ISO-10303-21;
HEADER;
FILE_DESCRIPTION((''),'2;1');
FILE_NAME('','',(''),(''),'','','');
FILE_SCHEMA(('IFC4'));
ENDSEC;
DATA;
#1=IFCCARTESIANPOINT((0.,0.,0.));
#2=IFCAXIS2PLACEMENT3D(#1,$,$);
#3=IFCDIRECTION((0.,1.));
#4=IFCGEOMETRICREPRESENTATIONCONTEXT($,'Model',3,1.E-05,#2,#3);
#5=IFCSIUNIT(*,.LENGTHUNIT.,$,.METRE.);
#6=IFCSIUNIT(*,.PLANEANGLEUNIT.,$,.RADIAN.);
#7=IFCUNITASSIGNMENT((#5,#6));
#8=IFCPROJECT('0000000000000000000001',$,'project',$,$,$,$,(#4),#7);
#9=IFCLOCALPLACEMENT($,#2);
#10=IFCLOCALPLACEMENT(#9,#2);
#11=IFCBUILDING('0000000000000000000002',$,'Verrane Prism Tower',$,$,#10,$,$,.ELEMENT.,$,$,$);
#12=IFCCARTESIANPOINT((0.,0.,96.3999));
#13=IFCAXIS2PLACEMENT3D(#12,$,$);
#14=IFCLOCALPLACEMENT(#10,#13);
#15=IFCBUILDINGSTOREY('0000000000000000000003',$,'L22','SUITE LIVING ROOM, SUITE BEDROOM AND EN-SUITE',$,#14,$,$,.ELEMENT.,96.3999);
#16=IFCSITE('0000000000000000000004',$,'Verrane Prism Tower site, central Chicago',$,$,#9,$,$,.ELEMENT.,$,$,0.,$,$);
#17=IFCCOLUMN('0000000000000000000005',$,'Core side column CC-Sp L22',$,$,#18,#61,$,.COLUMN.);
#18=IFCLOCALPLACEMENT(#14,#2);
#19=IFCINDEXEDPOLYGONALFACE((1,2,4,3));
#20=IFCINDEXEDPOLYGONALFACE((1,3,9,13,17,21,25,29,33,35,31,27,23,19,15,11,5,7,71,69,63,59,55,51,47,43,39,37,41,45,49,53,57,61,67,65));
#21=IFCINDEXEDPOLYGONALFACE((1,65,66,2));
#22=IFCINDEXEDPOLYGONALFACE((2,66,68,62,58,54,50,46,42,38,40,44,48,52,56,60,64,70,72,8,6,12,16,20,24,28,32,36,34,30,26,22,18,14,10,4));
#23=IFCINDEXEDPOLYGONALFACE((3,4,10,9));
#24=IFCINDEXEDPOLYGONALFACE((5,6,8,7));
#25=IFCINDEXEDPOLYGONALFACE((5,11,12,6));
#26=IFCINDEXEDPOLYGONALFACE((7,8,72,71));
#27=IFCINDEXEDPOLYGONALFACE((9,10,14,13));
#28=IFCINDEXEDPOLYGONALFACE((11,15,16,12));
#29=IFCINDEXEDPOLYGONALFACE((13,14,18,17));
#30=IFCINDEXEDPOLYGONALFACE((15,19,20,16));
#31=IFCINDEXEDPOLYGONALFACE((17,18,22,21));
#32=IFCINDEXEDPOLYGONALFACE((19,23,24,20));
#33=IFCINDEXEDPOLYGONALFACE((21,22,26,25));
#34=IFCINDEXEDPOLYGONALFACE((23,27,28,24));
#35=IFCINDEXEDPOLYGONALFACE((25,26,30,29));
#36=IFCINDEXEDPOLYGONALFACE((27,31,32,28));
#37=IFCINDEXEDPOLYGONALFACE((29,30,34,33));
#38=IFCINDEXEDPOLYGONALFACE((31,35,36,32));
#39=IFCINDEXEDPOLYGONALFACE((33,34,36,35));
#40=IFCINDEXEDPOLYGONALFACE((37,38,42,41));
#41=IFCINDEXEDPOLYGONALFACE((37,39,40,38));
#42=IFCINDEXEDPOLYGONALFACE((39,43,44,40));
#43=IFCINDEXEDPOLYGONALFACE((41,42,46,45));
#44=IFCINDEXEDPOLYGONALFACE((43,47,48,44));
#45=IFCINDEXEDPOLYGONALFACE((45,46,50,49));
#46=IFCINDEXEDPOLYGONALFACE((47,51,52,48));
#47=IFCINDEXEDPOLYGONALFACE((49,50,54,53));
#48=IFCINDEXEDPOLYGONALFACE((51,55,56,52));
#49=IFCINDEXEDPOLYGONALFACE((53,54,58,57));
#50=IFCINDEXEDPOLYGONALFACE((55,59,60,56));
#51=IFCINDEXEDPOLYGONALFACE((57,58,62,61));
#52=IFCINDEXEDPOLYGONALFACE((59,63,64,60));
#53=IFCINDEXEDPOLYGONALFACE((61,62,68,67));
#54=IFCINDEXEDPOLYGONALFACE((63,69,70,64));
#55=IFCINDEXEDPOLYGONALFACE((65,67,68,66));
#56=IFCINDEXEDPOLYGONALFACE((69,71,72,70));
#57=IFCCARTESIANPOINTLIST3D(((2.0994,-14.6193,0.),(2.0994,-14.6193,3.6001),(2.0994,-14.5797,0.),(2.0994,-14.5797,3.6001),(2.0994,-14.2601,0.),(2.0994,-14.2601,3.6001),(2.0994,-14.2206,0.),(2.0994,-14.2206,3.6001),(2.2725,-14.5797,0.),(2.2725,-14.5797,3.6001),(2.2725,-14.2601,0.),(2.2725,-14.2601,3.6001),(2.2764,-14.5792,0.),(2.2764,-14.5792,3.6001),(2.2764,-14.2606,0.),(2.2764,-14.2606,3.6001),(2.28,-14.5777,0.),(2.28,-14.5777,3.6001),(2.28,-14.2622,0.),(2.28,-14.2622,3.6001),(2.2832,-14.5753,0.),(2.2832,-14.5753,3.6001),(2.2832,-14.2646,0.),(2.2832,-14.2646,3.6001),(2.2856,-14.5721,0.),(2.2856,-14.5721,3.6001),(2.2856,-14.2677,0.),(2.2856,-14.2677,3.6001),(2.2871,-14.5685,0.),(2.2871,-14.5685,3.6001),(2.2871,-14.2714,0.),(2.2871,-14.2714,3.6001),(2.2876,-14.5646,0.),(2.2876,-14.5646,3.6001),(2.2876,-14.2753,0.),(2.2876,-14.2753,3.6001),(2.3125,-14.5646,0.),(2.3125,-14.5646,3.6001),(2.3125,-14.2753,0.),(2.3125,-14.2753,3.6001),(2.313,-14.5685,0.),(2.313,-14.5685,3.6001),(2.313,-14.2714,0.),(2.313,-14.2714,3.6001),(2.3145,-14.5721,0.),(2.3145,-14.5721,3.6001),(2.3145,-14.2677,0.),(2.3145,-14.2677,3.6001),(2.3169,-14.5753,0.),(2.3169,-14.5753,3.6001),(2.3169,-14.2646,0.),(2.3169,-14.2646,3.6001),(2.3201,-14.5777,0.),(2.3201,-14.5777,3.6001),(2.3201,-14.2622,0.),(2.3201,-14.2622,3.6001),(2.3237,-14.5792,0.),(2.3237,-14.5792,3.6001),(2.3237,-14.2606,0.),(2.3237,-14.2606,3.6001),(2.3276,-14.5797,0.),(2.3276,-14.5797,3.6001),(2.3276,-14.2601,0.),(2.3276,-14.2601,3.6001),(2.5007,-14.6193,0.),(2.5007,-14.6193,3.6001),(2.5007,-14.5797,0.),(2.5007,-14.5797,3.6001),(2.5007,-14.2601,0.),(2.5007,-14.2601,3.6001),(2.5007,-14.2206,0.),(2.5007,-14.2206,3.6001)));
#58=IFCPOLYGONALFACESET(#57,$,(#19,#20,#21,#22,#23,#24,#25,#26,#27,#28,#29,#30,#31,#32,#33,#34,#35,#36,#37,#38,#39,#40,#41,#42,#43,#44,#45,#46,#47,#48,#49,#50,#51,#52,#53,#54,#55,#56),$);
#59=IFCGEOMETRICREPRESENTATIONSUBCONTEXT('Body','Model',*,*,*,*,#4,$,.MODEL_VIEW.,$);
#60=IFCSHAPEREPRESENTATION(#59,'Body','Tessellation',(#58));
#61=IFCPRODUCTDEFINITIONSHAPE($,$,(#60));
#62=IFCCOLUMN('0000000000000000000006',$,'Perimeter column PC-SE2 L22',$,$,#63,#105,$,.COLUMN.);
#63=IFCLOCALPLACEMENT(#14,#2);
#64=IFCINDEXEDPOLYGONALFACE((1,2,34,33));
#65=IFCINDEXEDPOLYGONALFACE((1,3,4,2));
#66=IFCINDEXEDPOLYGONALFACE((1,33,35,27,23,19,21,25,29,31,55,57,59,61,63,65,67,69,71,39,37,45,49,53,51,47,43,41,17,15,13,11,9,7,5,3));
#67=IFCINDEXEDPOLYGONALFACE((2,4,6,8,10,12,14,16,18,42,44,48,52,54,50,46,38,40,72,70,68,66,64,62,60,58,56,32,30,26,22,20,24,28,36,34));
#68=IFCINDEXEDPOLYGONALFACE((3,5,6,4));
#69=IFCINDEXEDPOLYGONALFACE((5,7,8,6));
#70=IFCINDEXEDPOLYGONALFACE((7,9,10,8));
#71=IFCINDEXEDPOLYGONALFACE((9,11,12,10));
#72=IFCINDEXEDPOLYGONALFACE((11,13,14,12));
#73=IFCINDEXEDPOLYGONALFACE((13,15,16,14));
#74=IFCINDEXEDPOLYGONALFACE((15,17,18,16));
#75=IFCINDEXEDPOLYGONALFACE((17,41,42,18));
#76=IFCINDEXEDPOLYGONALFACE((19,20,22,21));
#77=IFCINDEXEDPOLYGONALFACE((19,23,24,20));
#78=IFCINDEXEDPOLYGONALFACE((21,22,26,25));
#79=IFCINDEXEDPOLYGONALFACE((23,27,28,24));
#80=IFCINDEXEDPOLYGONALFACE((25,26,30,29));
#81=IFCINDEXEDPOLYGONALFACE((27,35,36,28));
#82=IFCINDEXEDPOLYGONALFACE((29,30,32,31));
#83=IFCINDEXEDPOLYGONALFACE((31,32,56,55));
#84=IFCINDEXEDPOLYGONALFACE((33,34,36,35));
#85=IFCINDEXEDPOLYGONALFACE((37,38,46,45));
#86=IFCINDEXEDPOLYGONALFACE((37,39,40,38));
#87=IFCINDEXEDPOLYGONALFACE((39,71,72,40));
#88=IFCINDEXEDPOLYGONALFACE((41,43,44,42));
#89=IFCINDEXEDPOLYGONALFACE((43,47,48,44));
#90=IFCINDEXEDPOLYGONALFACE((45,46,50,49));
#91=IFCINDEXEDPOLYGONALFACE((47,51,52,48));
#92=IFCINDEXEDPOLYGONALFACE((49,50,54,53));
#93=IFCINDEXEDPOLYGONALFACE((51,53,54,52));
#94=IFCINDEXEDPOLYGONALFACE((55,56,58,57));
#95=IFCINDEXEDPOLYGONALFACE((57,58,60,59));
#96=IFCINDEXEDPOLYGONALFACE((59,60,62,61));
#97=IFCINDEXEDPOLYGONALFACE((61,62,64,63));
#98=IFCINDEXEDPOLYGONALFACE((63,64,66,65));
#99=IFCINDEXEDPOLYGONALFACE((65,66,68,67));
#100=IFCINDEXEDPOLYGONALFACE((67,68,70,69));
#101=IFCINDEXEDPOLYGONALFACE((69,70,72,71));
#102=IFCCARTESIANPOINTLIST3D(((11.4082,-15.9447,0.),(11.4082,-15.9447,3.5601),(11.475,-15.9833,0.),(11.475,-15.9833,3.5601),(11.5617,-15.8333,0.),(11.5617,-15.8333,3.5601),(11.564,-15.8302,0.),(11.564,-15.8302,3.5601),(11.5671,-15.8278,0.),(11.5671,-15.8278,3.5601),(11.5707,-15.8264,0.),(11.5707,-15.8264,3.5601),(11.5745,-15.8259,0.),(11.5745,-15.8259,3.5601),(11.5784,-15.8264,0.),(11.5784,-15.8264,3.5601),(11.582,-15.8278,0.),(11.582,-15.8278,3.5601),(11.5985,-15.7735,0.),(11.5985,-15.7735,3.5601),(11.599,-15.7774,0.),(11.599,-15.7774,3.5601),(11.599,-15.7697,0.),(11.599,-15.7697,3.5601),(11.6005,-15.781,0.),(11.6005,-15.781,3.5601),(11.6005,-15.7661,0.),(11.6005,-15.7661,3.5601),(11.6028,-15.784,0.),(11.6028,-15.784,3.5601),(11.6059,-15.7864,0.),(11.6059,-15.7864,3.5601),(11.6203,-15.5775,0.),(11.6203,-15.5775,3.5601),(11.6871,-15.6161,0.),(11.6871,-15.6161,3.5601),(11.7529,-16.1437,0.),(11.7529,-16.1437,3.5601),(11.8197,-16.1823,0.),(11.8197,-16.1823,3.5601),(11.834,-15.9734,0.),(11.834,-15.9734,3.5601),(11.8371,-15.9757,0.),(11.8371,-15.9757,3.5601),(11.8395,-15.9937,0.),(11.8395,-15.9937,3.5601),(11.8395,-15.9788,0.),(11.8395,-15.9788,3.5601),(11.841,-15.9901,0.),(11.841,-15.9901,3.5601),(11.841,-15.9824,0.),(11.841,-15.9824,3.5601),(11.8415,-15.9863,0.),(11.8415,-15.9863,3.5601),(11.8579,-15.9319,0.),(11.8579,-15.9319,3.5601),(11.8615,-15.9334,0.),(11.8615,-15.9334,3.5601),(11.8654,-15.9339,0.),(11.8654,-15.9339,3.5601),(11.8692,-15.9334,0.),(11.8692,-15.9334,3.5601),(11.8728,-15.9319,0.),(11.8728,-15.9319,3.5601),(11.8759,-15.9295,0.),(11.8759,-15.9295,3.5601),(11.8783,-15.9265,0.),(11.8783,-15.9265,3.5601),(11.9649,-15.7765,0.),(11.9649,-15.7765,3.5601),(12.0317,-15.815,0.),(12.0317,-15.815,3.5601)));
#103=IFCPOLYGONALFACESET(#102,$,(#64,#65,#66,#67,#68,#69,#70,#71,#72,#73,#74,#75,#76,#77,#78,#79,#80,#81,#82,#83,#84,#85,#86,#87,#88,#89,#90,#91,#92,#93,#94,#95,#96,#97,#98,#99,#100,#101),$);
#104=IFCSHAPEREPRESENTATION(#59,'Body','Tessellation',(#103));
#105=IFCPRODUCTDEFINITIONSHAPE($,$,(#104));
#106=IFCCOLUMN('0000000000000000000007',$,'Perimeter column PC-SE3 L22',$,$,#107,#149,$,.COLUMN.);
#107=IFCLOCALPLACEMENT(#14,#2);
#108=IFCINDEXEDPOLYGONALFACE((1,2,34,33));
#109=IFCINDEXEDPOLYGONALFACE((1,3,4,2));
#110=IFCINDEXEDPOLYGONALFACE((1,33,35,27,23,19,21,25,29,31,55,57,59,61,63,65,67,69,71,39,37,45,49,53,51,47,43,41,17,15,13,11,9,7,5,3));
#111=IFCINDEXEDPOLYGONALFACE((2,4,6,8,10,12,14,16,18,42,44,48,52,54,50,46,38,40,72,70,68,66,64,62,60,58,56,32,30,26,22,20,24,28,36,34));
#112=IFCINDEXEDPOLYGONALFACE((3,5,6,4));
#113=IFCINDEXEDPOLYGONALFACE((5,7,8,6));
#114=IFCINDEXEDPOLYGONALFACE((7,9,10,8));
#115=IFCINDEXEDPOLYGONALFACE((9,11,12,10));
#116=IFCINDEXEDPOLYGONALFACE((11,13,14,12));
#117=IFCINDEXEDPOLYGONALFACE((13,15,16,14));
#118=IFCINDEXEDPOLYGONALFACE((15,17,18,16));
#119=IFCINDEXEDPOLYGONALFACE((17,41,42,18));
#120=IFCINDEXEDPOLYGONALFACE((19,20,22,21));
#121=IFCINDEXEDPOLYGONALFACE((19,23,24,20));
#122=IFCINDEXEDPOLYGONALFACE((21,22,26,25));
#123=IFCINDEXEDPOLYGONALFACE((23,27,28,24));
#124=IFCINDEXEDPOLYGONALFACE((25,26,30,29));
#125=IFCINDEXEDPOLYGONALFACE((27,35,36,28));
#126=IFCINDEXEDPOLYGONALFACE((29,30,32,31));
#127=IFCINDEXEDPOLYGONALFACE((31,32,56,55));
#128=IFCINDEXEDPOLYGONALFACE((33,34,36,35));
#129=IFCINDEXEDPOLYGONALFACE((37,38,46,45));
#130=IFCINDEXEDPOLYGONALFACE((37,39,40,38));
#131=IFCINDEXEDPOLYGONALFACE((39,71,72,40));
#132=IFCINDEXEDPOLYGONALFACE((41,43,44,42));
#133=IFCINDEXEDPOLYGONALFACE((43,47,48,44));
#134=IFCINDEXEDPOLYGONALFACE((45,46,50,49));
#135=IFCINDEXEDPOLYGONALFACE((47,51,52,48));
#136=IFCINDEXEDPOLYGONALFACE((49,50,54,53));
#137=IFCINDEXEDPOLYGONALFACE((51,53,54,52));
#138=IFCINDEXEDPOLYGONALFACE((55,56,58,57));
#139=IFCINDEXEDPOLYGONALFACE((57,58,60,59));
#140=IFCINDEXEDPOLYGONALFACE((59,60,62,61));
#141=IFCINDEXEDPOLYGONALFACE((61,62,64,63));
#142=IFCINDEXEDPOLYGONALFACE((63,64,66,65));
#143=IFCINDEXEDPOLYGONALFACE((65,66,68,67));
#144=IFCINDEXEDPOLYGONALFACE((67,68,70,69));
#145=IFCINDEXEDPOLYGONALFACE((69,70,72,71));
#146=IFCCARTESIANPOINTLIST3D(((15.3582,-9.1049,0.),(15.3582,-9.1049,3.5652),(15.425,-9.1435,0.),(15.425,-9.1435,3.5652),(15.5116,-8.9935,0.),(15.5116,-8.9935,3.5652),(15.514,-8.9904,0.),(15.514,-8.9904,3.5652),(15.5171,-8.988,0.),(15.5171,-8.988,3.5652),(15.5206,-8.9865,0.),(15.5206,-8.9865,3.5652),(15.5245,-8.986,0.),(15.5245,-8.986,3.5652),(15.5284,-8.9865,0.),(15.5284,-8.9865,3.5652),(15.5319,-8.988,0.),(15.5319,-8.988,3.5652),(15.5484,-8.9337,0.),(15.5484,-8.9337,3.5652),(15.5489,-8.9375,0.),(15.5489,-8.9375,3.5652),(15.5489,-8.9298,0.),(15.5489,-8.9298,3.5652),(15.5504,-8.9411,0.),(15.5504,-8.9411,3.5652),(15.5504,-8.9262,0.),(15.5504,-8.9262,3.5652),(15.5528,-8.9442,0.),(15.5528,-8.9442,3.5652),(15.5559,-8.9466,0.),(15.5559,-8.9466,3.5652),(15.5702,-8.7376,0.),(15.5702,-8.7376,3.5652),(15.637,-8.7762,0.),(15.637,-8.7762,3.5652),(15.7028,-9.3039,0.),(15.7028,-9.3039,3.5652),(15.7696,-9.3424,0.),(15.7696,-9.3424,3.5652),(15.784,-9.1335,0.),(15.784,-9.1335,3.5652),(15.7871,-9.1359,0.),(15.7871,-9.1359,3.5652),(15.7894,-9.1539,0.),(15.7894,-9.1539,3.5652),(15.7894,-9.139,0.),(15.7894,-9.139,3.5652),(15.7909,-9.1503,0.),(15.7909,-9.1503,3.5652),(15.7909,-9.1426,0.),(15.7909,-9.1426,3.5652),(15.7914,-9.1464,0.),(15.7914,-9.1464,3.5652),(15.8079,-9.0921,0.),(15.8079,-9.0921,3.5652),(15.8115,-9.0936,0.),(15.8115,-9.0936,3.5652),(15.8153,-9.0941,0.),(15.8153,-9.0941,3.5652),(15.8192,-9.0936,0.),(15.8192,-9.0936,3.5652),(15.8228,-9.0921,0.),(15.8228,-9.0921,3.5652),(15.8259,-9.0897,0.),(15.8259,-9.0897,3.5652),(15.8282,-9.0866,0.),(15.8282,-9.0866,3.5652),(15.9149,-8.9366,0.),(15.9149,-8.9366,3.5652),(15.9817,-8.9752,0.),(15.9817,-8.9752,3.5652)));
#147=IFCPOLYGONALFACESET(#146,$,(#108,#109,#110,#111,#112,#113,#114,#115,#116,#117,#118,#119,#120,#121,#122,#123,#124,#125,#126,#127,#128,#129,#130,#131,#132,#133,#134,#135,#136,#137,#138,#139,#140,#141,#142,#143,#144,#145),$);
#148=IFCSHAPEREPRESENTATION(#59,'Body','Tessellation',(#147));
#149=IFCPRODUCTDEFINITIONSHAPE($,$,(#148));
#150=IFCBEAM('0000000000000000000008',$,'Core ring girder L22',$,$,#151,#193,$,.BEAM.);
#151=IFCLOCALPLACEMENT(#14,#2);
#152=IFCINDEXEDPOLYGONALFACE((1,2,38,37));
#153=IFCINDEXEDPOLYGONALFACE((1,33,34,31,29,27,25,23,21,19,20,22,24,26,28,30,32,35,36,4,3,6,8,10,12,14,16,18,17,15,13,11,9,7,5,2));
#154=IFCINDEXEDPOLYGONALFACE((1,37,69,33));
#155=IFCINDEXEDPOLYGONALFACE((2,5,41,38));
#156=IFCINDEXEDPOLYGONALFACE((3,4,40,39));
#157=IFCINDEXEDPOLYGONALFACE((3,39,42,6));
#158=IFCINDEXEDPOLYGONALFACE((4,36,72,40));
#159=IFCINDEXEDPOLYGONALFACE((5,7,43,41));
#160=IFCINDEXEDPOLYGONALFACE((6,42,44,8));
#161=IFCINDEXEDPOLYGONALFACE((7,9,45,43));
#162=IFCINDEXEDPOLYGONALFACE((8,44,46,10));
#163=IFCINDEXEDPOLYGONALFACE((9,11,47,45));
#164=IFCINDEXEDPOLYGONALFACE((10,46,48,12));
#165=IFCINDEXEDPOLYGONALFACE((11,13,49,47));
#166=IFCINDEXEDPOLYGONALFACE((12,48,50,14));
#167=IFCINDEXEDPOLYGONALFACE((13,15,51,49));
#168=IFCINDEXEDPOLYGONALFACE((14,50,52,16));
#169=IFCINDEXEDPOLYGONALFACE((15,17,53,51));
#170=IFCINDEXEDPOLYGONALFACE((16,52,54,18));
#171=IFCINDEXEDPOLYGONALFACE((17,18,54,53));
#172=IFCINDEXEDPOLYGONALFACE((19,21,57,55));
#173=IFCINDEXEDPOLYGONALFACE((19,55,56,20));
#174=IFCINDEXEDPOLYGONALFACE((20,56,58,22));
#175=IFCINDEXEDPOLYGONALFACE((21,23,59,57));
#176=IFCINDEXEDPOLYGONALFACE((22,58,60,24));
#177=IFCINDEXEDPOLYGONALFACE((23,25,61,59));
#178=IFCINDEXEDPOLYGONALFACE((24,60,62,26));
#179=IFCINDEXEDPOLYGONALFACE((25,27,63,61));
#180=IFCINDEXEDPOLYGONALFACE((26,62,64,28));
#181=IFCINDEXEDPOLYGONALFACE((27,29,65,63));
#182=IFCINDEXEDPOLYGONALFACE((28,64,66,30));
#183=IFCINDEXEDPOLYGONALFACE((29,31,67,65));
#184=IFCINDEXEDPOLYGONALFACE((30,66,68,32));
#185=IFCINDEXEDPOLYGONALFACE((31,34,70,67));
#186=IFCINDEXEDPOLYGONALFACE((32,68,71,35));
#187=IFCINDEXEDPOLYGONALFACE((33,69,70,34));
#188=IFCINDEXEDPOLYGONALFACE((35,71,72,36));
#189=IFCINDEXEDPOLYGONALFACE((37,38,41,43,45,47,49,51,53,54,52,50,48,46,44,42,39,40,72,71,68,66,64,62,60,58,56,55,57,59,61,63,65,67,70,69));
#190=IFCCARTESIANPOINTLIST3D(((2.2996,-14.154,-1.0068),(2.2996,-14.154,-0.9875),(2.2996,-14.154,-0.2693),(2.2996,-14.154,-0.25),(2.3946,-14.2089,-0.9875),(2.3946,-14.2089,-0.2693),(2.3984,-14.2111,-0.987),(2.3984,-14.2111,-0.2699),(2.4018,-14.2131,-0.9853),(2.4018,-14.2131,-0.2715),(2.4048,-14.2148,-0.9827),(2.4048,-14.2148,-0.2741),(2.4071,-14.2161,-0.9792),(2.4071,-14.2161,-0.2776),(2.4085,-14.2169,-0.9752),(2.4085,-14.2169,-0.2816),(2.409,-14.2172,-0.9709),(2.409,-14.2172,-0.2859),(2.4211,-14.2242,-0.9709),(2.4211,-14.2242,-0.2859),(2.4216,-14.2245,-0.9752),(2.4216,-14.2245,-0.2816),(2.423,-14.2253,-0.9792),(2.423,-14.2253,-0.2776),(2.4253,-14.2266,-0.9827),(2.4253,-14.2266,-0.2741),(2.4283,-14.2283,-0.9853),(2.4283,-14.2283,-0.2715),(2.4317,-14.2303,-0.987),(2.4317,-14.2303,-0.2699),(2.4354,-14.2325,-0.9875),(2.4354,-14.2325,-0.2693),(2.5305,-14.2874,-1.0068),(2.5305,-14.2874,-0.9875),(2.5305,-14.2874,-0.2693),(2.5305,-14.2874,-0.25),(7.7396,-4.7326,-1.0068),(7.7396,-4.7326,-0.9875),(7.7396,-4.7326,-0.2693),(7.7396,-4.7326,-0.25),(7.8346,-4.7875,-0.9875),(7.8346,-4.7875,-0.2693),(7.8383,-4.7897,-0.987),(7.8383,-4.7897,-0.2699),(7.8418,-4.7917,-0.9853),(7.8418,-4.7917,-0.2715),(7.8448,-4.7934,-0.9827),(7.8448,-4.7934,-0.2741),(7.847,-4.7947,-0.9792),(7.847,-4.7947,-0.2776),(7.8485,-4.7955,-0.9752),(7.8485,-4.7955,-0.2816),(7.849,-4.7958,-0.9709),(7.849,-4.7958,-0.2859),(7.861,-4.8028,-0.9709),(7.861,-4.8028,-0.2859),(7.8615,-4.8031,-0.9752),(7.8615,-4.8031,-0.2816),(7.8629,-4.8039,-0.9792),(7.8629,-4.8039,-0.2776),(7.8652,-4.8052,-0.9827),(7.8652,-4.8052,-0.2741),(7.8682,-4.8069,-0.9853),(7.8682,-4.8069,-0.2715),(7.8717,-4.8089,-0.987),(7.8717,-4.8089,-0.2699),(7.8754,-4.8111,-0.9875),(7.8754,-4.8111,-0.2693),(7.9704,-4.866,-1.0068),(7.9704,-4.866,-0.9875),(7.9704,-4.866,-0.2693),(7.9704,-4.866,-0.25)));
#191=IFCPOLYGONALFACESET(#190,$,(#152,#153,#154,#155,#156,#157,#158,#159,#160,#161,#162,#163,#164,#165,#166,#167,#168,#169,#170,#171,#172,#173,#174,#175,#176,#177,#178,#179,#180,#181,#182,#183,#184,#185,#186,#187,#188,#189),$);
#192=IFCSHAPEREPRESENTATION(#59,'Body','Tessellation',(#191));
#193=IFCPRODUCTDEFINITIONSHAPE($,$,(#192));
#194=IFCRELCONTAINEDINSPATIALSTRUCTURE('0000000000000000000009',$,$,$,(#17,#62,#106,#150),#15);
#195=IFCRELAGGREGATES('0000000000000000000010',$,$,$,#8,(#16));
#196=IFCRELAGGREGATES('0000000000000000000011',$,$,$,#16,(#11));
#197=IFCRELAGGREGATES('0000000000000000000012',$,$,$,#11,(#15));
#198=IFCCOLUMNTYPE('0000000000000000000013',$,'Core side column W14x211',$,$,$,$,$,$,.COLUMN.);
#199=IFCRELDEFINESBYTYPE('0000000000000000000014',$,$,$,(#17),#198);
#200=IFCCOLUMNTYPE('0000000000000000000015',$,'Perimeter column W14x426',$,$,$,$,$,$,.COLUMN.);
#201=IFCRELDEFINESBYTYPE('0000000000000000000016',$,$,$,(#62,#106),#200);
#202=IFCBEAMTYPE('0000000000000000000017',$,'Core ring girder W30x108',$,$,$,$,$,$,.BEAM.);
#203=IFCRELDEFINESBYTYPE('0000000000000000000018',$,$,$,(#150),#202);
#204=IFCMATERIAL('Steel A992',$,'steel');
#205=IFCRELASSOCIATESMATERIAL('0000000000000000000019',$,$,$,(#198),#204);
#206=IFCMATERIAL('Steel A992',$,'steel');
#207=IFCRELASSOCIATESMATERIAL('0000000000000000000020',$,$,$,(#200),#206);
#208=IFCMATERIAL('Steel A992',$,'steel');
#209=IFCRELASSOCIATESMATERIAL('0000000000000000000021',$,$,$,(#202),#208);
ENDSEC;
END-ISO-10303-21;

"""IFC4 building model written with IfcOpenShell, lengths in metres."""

from ifc_helpers import new_model, si_unit, direction, frame, origin, origin_2d, place, context, subcontext, project, spatial, i_section, extrude, material, material_profile, profile_set, type_object, element, save


model = new_model("IFC4")

# Units and contexts
model_context = context("Model", 3, precision=1e-05, world=origin(), true_north=direction((0.0, 1.0)))
body_context = subcontext(model_context, "Body", "Model", "MODEL_VIEW")
ifc_project = project(units=[si_unit("LENGTHUNIT", "METRE"), si_unit("PLANEANGLEUNIT", "RADIAN")], contexts=[model_context])

# Site, building, storey
site_placement = place(None, origin())
site = spatial("IfcSite", under=ifc_project, at=site_placement, Name="Verrane Prism Tower site, central Chicago", CompositionType="ELEMENT", RefElevation=0.0)
building_placement = place(site_placement, origin())
building = spatial("IfcBuilding", under=site, at=building_placement, Name="Verrane Prism Tower", CompositionType="ELEMENT")
storey_placement = place(building_placement, frame((0.0, 0.0, 96.3999)))
storey = spatial("IfcBuildingStorey", under=building, at=storey_placement, Name="L22", Description="SUITE LIVING ROOM, SUITE BEDROOM AND EN-SUITE", CompositionType="ELEMENT", Elevation=96.3999)

# Columns
ifc_material_1 = material(Name="Steel A992", Category="steel")
ifc_material_profile_1 = material_profile(ifc_material_1, i_section(OverallWidth=0.4014, OverallDepth=0.3987, WebThickness=0.0249, FlangeThickness=0.0396, FilletRadius=0.0151, at=origin_2d()), Name="W14x211")
ifc_profile_set_1 = profile_set([ifc_material_profile_1], Name="Steel A992")
column_type_1 = type_object("IfcColumnType", Name="Core side column W14x211", PredefinedType="COLUMN", material=ifc_profile_set_1)
column_1_placement = place(storey_placement, frame((2.3, -14.4199, 0.0), z_axis=(0.0, 0.0, 1.0), x_axis=(1.0, 0.0, 0.0)))
element("IfcColumn", 1, at=column_1_placement, inside=storey, type_object=column_type_1, Name="Core side column CC-Sp L22", PredefinedType="COLUMN", context=body_context, shape_type="SweptSolid", body=[
    extrude(i_section(OverallWidth=0.4014, OverallDepth=0.3987, WebThickness=0.0249, FlangeThickness=0.0396, FilletRadius=0.0151, at=origin_2d()), origin(), (0.0, 0.0, 1.0), 3.6001),
])
ifc_material_2 = material(Name="Steel A992", Category="steel")
ifc_material_profile_2 = material_profile(ifc_material_2, i_section(OverallWidth=0.4241, OverallDepth=0.4751, WebThickness=0.0479, FlangeThickness=0.0771, FilletRadius=0.0149, at=origin_2d()), Name="W14x426")
ifc_profile_set_2 = profile_set([ifc_material_profile_2], Name="Steel A992")
column_type_2 = type_object("IfcColumnType", Name="Perimeter column W14x426", PredefinedType="COLUMN", material=ifc_profile_set_2)
column_2_placement = place(storey_placement, frame((11.72, -15.8799, 0.0), z_axis=(0.0, 0.0, 1.0), x_axis=(-0.5, -0.866025, 0.0)))
element("IfcColumn", 2, at=column_2_placement, inside=storey, type_object=column_type_2, Name="Perimeter column PC-SE2 L22", PredefinedType="COLUMN", context=body_context, shape_type="SweptSolid", body=[
    extrude(i_section(OverallWidth=0.4241, OverallDepth=0.4751, WebThickness=0.0479, FlangeThickness=0.0771, FilletRadius=0.0149, at=origin_2d()), origin(), (0.0, 0.0, 1.0), 3.5601),
])
column_3_placement = place(storey_placement, frame((15.6699, -9.04, 0.0), z_axis=(0.0, 0.0, 1.0), x_axis=(-0.5, -0.866025, 0.0)))
element("IfcColumn", 3, at=column_3_placement, inside=storey, type_object=column_type_2, Name="Perimeter column PC-SE3 L22", PredefinedType="COLUMN", context=body_context, shape_type="SweptSolid", body=[
    extrude(i_section(OverallWidth=0.4241, OverallDepth=0.4751, WebThickness=0.0479, FlangeThickness=0.0771, FilletRadius=0.0149, at=origin_2d()), origin(), (0.0, 0.0, 1.0), 3.5652),
])

# Beam
ifc_material_3 = material(Name="Steel A992", Category="steel")
ifc_material_profile_3 = material_profile(ifc_material_3, i_section(OverallWidth=0.2666, OverallDepth=0.7568, WebThickness=0.0139, FlangeThickness=0.0193, FilletRadius=0.0166, at=origin_2d()), Name="W30x108")
ifc_profile_set_3 = profile_set([ifc_material_profile_3], Name="Steel A992")
beam_type_1 = type_object("IfcBeamType", Name="Core ring girder W30x108", PredefinedType="BEAM", material=ifc_profile_set_3)
beam_1_placement = place(storey_placement, frame((2.415, -14.2207, -0.6284), z_axis=(0.500035, 0.866005, 0.0), x_axis=(-0.866005, 0.500035, 0.0)))
element("IfcBeam", 4, at=beam_1_placement, inside=storey, type_object=beam_type_1, Name="Core ring girder L22", PredefinedType="BEAM", context=body_context, shape_type="SweptSolid", body=[
    extrude(i_section(OverallWidth=0.2666, OverallDepth=0.7568, WebThickness=0.0139, FlangeThickness=0.0193, FilletRadius=0.0166, at=origin_2d()), origin(), (0.0, 0.0, 1.0), 10.8792),
])

save(model, "model.ifc")
